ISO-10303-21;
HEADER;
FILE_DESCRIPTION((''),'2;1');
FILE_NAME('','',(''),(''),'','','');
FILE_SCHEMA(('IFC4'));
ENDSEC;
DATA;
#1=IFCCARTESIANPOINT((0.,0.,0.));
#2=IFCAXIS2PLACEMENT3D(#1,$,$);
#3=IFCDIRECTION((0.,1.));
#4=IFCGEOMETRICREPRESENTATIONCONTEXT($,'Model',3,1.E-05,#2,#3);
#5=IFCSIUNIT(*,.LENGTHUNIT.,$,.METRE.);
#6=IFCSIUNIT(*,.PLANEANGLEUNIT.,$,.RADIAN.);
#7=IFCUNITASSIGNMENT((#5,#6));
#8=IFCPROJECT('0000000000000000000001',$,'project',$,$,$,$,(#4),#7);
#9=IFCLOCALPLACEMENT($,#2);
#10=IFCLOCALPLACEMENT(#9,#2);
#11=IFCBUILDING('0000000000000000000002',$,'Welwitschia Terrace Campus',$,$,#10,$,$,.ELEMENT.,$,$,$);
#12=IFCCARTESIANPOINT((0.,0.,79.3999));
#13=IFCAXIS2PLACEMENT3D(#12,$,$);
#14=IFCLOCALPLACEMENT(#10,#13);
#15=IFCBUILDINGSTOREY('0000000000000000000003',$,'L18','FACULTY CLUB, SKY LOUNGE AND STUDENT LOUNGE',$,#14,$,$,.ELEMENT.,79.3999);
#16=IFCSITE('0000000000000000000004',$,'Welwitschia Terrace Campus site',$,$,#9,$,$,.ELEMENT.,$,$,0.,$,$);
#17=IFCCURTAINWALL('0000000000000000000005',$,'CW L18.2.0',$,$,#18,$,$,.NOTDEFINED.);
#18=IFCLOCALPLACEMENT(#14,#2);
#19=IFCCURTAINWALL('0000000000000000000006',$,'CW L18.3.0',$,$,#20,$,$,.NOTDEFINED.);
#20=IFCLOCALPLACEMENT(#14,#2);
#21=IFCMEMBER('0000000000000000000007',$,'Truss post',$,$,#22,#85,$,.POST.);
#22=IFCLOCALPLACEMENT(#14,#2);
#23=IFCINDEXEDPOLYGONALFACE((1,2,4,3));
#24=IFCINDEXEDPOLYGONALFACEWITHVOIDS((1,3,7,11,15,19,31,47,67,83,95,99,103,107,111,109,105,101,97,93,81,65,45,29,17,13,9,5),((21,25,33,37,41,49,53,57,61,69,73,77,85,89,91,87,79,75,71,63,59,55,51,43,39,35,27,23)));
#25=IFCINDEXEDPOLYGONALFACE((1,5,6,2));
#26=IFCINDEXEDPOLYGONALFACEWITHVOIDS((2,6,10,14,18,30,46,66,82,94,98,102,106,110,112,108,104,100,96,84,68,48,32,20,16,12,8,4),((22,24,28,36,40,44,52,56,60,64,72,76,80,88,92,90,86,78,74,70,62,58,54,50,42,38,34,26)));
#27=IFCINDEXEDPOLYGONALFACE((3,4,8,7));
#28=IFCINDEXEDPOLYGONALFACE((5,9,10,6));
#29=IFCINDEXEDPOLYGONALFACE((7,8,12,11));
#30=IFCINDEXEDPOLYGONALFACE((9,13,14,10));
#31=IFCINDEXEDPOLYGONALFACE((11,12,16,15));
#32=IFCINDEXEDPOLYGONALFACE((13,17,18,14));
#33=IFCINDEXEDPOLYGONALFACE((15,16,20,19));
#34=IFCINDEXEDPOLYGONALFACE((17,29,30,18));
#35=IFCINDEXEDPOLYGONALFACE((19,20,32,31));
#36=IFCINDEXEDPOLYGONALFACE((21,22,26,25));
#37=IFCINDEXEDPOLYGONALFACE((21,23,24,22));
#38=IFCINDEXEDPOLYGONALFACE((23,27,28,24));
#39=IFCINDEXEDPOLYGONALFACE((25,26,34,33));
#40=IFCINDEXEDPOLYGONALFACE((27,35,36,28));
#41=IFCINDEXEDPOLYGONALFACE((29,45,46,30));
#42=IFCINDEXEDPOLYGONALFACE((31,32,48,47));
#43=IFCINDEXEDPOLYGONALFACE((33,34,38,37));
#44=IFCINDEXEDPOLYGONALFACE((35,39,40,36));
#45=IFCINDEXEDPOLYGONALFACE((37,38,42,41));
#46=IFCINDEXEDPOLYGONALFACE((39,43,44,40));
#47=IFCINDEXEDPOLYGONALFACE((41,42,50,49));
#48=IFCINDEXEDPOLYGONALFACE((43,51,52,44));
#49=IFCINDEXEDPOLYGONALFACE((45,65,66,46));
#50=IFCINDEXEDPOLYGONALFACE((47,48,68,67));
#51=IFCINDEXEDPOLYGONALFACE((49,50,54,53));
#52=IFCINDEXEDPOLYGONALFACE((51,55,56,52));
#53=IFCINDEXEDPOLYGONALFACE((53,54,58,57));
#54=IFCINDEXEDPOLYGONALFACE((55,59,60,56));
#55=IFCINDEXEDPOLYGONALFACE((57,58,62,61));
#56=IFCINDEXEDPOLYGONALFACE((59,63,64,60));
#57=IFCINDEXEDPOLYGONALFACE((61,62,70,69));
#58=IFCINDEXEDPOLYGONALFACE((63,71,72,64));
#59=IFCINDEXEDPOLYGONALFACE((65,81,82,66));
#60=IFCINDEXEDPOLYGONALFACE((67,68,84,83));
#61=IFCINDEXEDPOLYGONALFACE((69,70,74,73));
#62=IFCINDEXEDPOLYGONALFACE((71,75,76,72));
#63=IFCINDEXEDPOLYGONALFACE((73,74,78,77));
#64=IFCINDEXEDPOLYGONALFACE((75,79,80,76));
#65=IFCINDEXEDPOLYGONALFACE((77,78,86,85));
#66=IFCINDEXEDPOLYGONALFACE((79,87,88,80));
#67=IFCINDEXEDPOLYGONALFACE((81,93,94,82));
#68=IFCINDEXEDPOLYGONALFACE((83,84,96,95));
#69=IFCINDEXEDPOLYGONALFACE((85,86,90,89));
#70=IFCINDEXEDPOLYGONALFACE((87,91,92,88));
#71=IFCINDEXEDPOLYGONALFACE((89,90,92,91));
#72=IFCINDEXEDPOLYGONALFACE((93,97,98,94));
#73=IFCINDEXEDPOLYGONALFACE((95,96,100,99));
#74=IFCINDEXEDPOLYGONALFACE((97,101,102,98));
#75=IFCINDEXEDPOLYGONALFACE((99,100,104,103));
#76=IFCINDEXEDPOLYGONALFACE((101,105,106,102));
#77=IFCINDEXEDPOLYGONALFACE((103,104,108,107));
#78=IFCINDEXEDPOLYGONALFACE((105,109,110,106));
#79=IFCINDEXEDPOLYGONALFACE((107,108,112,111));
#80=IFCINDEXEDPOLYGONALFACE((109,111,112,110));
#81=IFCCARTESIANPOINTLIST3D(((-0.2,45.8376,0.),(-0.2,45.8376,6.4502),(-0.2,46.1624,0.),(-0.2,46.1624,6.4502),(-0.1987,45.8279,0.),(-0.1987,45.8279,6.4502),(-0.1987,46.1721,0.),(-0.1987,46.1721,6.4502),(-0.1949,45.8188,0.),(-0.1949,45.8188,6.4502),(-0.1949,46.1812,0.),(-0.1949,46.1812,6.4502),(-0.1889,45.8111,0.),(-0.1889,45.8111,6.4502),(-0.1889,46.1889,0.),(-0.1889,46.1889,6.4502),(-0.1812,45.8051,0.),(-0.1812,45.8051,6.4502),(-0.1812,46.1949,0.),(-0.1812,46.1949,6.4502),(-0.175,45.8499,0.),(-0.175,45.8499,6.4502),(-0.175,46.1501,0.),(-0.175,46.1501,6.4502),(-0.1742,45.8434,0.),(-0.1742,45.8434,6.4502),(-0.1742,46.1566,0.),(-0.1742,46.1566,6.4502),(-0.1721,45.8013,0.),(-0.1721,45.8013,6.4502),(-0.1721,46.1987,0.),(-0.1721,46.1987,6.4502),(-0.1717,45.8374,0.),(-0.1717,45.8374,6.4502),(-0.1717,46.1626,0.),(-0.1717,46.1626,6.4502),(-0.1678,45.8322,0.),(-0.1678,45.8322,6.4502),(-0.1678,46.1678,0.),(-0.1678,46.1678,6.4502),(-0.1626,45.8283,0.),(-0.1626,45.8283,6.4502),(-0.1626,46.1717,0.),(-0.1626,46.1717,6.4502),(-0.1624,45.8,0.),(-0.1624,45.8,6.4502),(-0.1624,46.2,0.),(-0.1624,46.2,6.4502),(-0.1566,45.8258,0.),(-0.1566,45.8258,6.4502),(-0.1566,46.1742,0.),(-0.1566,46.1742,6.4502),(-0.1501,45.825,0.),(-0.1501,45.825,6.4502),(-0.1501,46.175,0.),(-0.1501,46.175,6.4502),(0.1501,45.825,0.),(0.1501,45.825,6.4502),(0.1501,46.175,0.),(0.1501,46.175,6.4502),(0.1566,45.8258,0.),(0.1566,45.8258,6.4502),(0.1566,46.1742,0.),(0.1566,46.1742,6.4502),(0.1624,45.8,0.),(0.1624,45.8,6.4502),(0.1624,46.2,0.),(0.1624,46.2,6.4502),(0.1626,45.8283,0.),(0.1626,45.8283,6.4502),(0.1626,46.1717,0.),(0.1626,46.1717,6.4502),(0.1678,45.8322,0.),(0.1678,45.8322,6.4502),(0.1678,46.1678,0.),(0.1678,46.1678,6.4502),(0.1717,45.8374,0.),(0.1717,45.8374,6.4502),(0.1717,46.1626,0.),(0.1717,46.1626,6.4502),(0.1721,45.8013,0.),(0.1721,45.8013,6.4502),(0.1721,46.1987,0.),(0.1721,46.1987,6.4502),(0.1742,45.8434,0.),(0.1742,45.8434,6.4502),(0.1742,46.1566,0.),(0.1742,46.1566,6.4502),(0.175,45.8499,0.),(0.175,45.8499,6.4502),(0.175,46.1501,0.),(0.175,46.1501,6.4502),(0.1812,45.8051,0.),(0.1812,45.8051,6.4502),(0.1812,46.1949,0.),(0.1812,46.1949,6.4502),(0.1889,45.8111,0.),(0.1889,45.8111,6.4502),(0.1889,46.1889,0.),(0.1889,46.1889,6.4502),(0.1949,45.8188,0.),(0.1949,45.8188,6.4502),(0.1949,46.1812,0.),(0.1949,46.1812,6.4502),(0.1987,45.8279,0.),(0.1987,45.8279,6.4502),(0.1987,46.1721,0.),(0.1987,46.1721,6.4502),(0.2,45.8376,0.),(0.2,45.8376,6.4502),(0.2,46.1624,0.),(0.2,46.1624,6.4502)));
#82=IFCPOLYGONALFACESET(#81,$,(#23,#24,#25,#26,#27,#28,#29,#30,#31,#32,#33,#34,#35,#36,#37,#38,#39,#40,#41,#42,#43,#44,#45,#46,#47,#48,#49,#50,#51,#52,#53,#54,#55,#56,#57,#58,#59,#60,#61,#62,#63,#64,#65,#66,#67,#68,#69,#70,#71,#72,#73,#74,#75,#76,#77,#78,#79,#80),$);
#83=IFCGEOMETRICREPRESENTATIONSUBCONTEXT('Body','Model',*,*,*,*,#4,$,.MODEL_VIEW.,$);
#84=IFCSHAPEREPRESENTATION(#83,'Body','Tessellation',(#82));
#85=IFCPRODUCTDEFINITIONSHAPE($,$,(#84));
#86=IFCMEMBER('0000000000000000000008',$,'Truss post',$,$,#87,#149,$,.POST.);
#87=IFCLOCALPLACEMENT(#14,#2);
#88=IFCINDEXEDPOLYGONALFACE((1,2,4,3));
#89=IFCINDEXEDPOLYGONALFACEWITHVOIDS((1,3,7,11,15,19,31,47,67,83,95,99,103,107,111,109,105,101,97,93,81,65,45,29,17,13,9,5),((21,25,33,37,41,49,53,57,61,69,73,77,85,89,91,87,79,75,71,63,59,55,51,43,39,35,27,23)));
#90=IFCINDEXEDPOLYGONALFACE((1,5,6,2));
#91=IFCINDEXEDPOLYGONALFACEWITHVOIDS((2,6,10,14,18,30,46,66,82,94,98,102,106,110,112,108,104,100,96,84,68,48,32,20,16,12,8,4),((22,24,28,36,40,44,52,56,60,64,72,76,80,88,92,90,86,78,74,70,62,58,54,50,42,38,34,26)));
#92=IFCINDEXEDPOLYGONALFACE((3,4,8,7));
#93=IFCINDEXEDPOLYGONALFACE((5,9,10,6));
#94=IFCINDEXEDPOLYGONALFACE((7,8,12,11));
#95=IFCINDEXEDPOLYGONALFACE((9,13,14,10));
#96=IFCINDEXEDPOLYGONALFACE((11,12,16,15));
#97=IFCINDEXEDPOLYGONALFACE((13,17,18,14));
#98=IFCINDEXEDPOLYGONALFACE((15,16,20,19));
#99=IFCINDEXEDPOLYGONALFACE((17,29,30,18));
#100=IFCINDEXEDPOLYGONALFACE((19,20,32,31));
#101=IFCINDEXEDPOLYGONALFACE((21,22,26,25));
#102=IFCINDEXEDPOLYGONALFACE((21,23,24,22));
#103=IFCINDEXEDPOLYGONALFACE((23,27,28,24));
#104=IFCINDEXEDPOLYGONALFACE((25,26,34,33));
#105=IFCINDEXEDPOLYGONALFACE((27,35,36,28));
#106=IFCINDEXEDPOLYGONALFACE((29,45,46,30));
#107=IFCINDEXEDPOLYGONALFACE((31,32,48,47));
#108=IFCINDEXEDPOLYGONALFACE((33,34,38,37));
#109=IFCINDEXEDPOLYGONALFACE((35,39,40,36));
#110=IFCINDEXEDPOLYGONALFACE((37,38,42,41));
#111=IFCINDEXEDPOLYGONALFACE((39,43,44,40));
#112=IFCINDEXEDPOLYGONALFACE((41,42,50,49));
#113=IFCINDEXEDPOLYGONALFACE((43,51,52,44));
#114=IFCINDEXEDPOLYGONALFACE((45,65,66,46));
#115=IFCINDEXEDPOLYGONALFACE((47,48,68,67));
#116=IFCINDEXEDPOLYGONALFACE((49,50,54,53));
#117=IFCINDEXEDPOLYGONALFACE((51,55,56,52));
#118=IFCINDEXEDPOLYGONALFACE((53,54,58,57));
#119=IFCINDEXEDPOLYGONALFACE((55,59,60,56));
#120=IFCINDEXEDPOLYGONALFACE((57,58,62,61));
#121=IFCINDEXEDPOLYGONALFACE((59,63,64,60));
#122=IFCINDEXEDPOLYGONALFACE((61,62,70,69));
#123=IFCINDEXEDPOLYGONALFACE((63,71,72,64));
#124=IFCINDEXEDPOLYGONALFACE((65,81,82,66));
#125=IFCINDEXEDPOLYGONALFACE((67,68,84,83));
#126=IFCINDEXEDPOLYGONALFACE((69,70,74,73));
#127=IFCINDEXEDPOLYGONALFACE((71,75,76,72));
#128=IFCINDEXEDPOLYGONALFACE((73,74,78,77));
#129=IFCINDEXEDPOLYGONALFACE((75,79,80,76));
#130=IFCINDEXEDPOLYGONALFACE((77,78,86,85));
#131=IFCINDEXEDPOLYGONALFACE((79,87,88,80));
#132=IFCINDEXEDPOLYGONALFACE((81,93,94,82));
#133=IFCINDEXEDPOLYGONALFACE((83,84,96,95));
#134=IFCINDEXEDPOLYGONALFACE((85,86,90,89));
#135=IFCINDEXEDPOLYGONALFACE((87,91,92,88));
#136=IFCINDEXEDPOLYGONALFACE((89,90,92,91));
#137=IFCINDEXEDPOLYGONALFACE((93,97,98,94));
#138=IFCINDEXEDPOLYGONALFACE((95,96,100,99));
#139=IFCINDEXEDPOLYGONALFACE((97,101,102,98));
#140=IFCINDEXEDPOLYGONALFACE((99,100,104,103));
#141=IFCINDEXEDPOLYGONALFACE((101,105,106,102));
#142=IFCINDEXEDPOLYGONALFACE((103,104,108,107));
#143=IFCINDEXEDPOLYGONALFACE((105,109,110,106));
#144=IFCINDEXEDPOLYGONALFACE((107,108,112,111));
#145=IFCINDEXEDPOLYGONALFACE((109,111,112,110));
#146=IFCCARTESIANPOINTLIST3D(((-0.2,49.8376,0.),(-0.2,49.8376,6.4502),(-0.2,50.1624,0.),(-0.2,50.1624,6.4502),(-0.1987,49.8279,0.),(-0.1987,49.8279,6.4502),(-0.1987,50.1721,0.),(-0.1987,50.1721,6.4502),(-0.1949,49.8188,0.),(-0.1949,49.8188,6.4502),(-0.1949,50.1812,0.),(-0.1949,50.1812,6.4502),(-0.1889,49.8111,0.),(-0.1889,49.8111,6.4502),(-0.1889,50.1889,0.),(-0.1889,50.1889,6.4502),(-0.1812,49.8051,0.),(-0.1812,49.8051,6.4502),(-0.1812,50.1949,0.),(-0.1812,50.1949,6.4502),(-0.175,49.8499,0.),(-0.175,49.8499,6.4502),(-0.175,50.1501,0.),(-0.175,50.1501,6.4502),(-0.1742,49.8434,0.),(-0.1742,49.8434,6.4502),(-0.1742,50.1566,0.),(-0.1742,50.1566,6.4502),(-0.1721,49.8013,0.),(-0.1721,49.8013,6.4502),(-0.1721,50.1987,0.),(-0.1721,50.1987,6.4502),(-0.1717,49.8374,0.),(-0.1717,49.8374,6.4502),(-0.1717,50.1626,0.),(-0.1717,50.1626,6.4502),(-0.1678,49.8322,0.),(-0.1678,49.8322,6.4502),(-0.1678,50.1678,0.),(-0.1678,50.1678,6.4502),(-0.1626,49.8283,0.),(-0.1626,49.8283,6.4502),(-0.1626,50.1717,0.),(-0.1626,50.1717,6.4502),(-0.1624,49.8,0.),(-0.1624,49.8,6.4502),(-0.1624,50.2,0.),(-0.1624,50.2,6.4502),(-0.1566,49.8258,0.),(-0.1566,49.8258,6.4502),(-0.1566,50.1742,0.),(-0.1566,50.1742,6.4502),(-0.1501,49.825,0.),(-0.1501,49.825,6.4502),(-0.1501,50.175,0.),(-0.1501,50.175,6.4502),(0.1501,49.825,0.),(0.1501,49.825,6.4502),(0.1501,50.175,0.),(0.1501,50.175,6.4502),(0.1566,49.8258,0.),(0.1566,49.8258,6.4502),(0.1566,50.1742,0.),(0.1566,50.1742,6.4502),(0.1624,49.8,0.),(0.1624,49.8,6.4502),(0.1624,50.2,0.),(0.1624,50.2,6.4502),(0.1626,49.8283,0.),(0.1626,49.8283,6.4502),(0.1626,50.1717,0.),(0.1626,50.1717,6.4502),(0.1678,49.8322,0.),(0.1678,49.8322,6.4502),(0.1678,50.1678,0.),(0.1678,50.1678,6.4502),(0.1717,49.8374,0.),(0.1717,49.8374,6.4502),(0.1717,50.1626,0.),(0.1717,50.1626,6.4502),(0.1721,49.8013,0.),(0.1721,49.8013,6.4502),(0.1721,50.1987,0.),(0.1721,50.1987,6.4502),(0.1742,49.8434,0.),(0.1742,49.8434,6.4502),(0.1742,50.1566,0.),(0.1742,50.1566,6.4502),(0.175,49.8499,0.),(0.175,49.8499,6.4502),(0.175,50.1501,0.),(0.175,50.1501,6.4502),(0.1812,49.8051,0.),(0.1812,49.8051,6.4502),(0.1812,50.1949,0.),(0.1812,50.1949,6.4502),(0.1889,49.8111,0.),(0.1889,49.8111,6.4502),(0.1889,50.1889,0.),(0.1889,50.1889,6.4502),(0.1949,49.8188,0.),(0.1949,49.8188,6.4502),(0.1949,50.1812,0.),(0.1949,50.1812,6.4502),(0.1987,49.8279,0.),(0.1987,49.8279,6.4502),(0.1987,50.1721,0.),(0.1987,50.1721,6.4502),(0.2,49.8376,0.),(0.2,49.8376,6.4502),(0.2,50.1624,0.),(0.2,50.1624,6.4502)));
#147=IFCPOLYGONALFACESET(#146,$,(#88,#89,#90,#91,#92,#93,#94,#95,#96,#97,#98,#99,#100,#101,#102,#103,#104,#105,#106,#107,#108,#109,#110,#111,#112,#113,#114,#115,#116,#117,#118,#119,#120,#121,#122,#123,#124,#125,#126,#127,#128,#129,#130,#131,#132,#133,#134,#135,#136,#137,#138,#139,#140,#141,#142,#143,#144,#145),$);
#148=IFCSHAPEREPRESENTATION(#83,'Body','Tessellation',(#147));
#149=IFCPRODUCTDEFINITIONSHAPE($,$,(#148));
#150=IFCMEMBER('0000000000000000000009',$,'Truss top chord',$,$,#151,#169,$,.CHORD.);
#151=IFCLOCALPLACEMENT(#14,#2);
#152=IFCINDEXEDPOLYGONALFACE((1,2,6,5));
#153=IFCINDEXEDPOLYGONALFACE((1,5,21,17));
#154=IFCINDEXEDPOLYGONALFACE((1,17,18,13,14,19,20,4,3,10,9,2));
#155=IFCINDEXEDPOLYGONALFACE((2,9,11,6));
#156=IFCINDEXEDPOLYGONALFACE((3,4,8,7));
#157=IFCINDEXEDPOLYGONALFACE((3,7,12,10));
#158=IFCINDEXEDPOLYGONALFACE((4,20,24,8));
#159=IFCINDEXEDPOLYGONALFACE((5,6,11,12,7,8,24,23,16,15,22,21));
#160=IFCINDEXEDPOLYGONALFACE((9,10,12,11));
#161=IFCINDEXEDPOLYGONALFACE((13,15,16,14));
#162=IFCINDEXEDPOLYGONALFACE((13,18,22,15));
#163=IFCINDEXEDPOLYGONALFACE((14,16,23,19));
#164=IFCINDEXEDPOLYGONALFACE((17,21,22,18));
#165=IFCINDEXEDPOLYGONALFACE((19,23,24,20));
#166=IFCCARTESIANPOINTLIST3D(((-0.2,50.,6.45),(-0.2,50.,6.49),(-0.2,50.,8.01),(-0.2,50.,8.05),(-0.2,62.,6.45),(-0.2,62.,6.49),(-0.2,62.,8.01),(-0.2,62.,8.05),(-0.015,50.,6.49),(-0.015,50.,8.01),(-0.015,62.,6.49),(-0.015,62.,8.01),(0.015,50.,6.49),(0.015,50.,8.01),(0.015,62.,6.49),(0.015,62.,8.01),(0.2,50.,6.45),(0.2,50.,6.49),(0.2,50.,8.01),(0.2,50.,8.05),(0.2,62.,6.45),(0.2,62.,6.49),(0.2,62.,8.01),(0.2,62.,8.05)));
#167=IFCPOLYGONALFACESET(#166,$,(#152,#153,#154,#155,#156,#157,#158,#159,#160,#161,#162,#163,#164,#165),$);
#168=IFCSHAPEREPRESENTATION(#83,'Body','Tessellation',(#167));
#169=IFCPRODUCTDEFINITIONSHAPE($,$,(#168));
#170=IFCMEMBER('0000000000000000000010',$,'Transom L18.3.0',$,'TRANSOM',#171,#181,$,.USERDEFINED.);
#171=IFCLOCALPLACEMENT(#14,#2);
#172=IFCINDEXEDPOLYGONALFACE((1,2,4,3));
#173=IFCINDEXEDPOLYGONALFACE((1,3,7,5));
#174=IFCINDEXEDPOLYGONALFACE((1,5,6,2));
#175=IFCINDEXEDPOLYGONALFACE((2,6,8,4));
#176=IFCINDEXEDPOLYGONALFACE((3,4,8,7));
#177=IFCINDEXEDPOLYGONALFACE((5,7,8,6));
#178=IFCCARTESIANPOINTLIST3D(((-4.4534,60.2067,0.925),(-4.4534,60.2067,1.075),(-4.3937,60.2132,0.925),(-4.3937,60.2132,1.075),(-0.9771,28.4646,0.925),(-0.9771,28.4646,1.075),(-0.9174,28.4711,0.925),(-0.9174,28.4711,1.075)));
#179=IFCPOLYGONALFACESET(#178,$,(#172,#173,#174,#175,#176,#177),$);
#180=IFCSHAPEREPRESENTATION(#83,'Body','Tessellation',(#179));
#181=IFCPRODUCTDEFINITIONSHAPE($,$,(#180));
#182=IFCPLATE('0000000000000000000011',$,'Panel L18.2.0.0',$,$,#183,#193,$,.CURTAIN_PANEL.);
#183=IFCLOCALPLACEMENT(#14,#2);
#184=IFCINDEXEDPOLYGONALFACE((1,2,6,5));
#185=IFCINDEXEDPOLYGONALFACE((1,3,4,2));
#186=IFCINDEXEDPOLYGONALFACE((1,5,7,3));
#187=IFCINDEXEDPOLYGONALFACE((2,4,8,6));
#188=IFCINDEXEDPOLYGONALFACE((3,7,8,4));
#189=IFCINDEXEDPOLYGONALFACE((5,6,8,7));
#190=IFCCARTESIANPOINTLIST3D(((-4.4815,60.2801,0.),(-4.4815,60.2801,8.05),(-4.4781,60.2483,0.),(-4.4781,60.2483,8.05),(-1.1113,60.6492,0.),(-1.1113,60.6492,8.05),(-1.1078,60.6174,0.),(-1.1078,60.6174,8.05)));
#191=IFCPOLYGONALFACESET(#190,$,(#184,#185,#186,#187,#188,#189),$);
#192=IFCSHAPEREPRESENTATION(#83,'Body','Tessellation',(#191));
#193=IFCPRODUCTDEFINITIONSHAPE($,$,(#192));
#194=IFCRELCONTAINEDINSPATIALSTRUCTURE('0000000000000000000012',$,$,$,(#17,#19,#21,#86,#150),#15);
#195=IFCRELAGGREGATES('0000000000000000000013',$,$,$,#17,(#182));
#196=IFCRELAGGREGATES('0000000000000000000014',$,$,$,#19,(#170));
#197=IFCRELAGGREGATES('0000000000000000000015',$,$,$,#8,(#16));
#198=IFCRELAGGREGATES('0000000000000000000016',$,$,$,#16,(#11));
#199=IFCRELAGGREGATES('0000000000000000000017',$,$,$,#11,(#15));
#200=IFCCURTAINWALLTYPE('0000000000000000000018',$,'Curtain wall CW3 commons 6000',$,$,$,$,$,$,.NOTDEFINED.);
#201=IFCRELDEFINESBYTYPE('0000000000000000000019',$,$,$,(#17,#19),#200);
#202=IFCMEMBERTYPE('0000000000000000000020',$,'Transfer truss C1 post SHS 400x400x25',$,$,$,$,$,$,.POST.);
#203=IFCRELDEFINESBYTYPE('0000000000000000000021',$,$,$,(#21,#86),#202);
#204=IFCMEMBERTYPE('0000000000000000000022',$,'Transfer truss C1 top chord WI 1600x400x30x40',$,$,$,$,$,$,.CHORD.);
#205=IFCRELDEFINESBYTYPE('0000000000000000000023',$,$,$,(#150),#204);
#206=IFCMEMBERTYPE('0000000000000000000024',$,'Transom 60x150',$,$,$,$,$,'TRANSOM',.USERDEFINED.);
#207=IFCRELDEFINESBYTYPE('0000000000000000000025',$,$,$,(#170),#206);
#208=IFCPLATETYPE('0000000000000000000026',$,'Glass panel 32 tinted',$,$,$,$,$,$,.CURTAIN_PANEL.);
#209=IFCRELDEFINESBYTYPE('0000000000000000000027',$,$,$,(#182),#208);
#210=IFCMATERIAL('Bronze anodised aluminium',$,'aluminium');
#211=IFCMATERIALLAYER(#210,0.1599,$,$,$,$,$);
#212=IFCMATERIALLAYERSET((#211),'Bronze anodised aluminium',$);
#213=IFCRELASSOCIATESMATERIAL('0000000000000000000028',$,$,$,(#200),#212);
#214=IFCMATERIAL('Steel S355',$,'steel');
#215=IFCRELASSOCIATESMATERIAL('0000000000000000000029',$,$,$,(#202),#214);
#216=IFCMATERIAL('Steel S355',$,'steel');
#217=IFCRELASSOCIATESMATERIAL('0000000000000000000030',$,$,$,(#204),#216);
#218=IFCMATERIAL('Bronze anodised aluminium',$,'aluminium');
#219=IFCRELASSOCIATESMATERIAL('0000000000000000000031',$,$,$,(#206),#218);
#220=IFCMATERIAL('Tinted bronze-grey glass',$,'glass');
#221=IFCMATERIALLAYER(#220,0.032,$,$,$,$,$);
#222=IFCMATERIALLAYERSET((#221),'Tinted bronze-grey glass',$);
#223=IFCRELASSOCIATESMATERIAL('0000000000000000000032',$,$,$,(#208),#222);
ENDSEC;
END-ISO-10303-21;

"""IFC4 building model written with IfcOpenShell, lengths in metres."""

from ifc_helpers import new_model, si_unit, direction, frame, origin, origin_2d, place, context, subcontext, project, spatial, rectangle, hollow_rectangle, i_section, extrude, material, layer, layer_set, material_profile, profile_set, type_object, element, aggregate, save


model = new_model("IFC4")

# Units and contexts
model_context = context("Model", 3, precision=1e-05, world=origin(), true_north=direction((0.0, 1.0)))
body_context = subcontext(model_context, "Body", "Model", "MODEL_VIEW")
ifc_project = project(units=[si_unit("LENGTHUNIT", "METRE"), si_unit("PLANEANGLEUNIT", "RADIAN")], contexts=[model_context])

# Site, building, storey
site_placement = place(None, origin())
site = spatial("IfcSite", under=ifc_project, at=site_placement, Name="Welwitschia Terrace Campus site", CompositionType="ELEMENT", RefElevation=0.0)
building_placement = place(site_placement, origin())
building = spatial("IfcBuilding", under=site, at=building_placement, Name="Welwitschia Terrace Campus", CompositionType="ELEMENT")
storey_placement = place(building_placement, frame((0.0, 0.0, 79.3999)))
storey = spatial("IfcBuildingStorey", under=building, at=storey_placement, Name="L18", Description="FACULTY CLUB, SKY LOUNGE AND STUDENT LOUNGE", CompositionType="ELEMENT", Elevation=79.3999)

# Curtain wall
ifc_material_1 = material(Name="Bronze anodised aluminium", Category="aluminium")
ifc_layer_1 = layer(ifc_material_1, 0.1599)
ifc_layer_set_1 = layer_set([ifc_layer_1], Name="Bronze anodised aluminium")
curtain_wall_type = type_object("IfcCurtainWallType", Name="Curtain wall CW3 commons 6000", PredefinedType="NOTDEFINED", material=ifc_layer_set_1)
curtain_wall_1_placement = place(storey_placement, origin())
curtain_wall_1 = element("IfcCurtainWall", 1, at=curtain_wall_1_placement, inside=storey, type_object=curtain_wall_type, Name="CW L18.2.0", PredefinedType="NOTDEFINED")

# Curtain wall
curtain_wall_2_placement = place(storey_placement, origin())
curtain_wall_2 = element("IfcCurtainWall", 2, at=curtain_wall_2_placement, inside=storey, type_object=curtain_wall_type, Name="CW L18.3.0", PredefinedType="NOTDEFINED")

# Members
ifc_material_2 = material(Name="Steel S355", Category="steel")
ifc_material_profile_1 = material_profile(ifc_material_2, hollow_rectangle(XDim=0.3999, YDim=0.3999, WallThickness=0.0249, InnerFilletRadius=0.0249, OuterFilletRadius=0.0376, at=origin_2d()))
ifc_profile_set_1 = profile_set([ifc_material_profile_1], Name="Steel S355")
member_type_1 = type_object("IfcMemberType", Name="Transfer truss C1 post SHS 400x400x25", PredefinedType="POST", material=ifc_profile_set_1)
for number, where, z_axis, x_axis, name in (
    (3, (0.0, 46.0, 0.0), (0.0, 0.0, 1.0), (1.0, 0.0, 0.0), "Truss post"),
    (4, (0.0, 50.0, 0.0), (0.0, 0.0, 1.0), (1.0, 0.0, 0.0), "Truss post"),
):
    element("IfcMember", number, at=place(storey_placement, frame(where, z_axis=z_axis, x_axis=x_axis)), inside=storey, type_object=member_type_1, Name=name, PredefinedType="POST", context=body_context, shape_type="SweptSolid", body=[
        extrude(hollow_rectangle(XDim=0.3999, YDim=0.3999, WallThickness=0.0249, InnerFilletRadius=0.0249, OuterFilletRadius=0.0376, at=origin_2d()), origin(), (0.0, 0.0, 1.0), 6.4502),
    ])
ifc_material_3 = material(Name="Steel S355", Category="steel")
ifc_material_profile_2 = material_profile(ifc_material_3, i_section(OverallWidth=0.3999, OverallDepth=1.6001, WebThickness=0.03, FlangeThickness=0.04, at=origin_2d()))
ifc_profile_set_2 = profile_set([ifc_material_profile_2], Name="Steel S355")
member_type_2 = type_object("IfcMemberType", Name="Transfer truss C1 top chord WI 1600x400x30x40", PredefinedType="CHORD", material=ifc_profile_set_2)
member_1_placement = place(storey_placement, frame((0.0, 50.0, 7.25), z_axis=(0.0, 1.0, 0.0), x_axis=(-1.0, 0.0, 0.0)))
element("IfcMember", 5, at=member_1_placement, inside=storey, type_object=member_type_2, Name="Truss top chord", PredefinedType="CHORD", context=body_context, shape_type="SweptSolid", body=[
    extrude(i_section(OverallWidth=0.3999, OverallDepth=1.6001, WebThickness=0.03, FlangeThickness=0.04, at=origin_2d()), origin(), (0.0, 0.0, 1.0), 12.0),
])

# Member
ifc_material_4 = material(Name="Bronze anodised aluminium", Category="aluminium")
ifc_material_profile_3 = material_profile(ifc_material_4, rectangle(XDim=0.0601, YDim=0.1499, at=origin_2d()))
ifc_profile_set_3 = profile_set([ifc_material_profile_3], Name="Bronze anodised aluminium")
member_type_3 = type_object("IfcMemberType", Name="Transom 60x150", ElementType="TRANSOM", PredefinedType="USERDEFINED", material=ifc_profile_set_3)
member_2_placement = place(storey_placement, frame((-4.4236, 60.21, 1.0), z_axis=(0.108866, -0.994056, 0.0), x_axis=(0.994056, 0.108866, 0.0)))
member_2 = element("IfcMember", 6, at=member_2_placement, type_object=member_type_3, Name="Transom L18.3.0", ObjectType="TRANSOM", PredefinedType="USERDEFINED", context=body_context, shape_type="SweptSolid", body=[
    extrude(rectangle(XDim=0.0601, YDim=0.1499, at=origin_2d()), origin(), (0.0, 0.0, 1.0), 31.9319),
])

# Plate
ifc_material_5 = material(Name="Tinted bronze-grey glass", Category="glass")
ifc_layer_2 = layer(ifc_material_5, 0.032)
ifc_layer_set_2 = layer_set([ifc_layer_2], Name="Tinted bronze-grey glass")
plate_type = type_object("IfcPlateType", Name="Glass panel 32 tinted", PredefinedType="CURTAIN_PANEL", material=ifc_layer_set_2)
plate_1_placement = place(storey_placement, frame((-2.7947, 60.4487, 0.0), z_axis=(0.0, 0.0, 1.0), x_axis=(-0.994056, -0.108867, 0.0)))
plate_1 = element("IfcPlate", 7, at=plate_1_placement, type_object=plate_type, Name="Panel L18.2.0.0", PredefinedType="CURTAIN_PANEL", context=body_context, shape_type="SweptSolid", body=[
    extrude(rectangle(XDim=3.3904, YDim=0.032, at=origin_2d()), origin(), (0.0, 0.0, 1.0), 8.05),
])
aggregate(curtain_wall_1, [plate_1])
aggregate(curtain_wall_2, [member_2])

save(model, "model.ifc")
